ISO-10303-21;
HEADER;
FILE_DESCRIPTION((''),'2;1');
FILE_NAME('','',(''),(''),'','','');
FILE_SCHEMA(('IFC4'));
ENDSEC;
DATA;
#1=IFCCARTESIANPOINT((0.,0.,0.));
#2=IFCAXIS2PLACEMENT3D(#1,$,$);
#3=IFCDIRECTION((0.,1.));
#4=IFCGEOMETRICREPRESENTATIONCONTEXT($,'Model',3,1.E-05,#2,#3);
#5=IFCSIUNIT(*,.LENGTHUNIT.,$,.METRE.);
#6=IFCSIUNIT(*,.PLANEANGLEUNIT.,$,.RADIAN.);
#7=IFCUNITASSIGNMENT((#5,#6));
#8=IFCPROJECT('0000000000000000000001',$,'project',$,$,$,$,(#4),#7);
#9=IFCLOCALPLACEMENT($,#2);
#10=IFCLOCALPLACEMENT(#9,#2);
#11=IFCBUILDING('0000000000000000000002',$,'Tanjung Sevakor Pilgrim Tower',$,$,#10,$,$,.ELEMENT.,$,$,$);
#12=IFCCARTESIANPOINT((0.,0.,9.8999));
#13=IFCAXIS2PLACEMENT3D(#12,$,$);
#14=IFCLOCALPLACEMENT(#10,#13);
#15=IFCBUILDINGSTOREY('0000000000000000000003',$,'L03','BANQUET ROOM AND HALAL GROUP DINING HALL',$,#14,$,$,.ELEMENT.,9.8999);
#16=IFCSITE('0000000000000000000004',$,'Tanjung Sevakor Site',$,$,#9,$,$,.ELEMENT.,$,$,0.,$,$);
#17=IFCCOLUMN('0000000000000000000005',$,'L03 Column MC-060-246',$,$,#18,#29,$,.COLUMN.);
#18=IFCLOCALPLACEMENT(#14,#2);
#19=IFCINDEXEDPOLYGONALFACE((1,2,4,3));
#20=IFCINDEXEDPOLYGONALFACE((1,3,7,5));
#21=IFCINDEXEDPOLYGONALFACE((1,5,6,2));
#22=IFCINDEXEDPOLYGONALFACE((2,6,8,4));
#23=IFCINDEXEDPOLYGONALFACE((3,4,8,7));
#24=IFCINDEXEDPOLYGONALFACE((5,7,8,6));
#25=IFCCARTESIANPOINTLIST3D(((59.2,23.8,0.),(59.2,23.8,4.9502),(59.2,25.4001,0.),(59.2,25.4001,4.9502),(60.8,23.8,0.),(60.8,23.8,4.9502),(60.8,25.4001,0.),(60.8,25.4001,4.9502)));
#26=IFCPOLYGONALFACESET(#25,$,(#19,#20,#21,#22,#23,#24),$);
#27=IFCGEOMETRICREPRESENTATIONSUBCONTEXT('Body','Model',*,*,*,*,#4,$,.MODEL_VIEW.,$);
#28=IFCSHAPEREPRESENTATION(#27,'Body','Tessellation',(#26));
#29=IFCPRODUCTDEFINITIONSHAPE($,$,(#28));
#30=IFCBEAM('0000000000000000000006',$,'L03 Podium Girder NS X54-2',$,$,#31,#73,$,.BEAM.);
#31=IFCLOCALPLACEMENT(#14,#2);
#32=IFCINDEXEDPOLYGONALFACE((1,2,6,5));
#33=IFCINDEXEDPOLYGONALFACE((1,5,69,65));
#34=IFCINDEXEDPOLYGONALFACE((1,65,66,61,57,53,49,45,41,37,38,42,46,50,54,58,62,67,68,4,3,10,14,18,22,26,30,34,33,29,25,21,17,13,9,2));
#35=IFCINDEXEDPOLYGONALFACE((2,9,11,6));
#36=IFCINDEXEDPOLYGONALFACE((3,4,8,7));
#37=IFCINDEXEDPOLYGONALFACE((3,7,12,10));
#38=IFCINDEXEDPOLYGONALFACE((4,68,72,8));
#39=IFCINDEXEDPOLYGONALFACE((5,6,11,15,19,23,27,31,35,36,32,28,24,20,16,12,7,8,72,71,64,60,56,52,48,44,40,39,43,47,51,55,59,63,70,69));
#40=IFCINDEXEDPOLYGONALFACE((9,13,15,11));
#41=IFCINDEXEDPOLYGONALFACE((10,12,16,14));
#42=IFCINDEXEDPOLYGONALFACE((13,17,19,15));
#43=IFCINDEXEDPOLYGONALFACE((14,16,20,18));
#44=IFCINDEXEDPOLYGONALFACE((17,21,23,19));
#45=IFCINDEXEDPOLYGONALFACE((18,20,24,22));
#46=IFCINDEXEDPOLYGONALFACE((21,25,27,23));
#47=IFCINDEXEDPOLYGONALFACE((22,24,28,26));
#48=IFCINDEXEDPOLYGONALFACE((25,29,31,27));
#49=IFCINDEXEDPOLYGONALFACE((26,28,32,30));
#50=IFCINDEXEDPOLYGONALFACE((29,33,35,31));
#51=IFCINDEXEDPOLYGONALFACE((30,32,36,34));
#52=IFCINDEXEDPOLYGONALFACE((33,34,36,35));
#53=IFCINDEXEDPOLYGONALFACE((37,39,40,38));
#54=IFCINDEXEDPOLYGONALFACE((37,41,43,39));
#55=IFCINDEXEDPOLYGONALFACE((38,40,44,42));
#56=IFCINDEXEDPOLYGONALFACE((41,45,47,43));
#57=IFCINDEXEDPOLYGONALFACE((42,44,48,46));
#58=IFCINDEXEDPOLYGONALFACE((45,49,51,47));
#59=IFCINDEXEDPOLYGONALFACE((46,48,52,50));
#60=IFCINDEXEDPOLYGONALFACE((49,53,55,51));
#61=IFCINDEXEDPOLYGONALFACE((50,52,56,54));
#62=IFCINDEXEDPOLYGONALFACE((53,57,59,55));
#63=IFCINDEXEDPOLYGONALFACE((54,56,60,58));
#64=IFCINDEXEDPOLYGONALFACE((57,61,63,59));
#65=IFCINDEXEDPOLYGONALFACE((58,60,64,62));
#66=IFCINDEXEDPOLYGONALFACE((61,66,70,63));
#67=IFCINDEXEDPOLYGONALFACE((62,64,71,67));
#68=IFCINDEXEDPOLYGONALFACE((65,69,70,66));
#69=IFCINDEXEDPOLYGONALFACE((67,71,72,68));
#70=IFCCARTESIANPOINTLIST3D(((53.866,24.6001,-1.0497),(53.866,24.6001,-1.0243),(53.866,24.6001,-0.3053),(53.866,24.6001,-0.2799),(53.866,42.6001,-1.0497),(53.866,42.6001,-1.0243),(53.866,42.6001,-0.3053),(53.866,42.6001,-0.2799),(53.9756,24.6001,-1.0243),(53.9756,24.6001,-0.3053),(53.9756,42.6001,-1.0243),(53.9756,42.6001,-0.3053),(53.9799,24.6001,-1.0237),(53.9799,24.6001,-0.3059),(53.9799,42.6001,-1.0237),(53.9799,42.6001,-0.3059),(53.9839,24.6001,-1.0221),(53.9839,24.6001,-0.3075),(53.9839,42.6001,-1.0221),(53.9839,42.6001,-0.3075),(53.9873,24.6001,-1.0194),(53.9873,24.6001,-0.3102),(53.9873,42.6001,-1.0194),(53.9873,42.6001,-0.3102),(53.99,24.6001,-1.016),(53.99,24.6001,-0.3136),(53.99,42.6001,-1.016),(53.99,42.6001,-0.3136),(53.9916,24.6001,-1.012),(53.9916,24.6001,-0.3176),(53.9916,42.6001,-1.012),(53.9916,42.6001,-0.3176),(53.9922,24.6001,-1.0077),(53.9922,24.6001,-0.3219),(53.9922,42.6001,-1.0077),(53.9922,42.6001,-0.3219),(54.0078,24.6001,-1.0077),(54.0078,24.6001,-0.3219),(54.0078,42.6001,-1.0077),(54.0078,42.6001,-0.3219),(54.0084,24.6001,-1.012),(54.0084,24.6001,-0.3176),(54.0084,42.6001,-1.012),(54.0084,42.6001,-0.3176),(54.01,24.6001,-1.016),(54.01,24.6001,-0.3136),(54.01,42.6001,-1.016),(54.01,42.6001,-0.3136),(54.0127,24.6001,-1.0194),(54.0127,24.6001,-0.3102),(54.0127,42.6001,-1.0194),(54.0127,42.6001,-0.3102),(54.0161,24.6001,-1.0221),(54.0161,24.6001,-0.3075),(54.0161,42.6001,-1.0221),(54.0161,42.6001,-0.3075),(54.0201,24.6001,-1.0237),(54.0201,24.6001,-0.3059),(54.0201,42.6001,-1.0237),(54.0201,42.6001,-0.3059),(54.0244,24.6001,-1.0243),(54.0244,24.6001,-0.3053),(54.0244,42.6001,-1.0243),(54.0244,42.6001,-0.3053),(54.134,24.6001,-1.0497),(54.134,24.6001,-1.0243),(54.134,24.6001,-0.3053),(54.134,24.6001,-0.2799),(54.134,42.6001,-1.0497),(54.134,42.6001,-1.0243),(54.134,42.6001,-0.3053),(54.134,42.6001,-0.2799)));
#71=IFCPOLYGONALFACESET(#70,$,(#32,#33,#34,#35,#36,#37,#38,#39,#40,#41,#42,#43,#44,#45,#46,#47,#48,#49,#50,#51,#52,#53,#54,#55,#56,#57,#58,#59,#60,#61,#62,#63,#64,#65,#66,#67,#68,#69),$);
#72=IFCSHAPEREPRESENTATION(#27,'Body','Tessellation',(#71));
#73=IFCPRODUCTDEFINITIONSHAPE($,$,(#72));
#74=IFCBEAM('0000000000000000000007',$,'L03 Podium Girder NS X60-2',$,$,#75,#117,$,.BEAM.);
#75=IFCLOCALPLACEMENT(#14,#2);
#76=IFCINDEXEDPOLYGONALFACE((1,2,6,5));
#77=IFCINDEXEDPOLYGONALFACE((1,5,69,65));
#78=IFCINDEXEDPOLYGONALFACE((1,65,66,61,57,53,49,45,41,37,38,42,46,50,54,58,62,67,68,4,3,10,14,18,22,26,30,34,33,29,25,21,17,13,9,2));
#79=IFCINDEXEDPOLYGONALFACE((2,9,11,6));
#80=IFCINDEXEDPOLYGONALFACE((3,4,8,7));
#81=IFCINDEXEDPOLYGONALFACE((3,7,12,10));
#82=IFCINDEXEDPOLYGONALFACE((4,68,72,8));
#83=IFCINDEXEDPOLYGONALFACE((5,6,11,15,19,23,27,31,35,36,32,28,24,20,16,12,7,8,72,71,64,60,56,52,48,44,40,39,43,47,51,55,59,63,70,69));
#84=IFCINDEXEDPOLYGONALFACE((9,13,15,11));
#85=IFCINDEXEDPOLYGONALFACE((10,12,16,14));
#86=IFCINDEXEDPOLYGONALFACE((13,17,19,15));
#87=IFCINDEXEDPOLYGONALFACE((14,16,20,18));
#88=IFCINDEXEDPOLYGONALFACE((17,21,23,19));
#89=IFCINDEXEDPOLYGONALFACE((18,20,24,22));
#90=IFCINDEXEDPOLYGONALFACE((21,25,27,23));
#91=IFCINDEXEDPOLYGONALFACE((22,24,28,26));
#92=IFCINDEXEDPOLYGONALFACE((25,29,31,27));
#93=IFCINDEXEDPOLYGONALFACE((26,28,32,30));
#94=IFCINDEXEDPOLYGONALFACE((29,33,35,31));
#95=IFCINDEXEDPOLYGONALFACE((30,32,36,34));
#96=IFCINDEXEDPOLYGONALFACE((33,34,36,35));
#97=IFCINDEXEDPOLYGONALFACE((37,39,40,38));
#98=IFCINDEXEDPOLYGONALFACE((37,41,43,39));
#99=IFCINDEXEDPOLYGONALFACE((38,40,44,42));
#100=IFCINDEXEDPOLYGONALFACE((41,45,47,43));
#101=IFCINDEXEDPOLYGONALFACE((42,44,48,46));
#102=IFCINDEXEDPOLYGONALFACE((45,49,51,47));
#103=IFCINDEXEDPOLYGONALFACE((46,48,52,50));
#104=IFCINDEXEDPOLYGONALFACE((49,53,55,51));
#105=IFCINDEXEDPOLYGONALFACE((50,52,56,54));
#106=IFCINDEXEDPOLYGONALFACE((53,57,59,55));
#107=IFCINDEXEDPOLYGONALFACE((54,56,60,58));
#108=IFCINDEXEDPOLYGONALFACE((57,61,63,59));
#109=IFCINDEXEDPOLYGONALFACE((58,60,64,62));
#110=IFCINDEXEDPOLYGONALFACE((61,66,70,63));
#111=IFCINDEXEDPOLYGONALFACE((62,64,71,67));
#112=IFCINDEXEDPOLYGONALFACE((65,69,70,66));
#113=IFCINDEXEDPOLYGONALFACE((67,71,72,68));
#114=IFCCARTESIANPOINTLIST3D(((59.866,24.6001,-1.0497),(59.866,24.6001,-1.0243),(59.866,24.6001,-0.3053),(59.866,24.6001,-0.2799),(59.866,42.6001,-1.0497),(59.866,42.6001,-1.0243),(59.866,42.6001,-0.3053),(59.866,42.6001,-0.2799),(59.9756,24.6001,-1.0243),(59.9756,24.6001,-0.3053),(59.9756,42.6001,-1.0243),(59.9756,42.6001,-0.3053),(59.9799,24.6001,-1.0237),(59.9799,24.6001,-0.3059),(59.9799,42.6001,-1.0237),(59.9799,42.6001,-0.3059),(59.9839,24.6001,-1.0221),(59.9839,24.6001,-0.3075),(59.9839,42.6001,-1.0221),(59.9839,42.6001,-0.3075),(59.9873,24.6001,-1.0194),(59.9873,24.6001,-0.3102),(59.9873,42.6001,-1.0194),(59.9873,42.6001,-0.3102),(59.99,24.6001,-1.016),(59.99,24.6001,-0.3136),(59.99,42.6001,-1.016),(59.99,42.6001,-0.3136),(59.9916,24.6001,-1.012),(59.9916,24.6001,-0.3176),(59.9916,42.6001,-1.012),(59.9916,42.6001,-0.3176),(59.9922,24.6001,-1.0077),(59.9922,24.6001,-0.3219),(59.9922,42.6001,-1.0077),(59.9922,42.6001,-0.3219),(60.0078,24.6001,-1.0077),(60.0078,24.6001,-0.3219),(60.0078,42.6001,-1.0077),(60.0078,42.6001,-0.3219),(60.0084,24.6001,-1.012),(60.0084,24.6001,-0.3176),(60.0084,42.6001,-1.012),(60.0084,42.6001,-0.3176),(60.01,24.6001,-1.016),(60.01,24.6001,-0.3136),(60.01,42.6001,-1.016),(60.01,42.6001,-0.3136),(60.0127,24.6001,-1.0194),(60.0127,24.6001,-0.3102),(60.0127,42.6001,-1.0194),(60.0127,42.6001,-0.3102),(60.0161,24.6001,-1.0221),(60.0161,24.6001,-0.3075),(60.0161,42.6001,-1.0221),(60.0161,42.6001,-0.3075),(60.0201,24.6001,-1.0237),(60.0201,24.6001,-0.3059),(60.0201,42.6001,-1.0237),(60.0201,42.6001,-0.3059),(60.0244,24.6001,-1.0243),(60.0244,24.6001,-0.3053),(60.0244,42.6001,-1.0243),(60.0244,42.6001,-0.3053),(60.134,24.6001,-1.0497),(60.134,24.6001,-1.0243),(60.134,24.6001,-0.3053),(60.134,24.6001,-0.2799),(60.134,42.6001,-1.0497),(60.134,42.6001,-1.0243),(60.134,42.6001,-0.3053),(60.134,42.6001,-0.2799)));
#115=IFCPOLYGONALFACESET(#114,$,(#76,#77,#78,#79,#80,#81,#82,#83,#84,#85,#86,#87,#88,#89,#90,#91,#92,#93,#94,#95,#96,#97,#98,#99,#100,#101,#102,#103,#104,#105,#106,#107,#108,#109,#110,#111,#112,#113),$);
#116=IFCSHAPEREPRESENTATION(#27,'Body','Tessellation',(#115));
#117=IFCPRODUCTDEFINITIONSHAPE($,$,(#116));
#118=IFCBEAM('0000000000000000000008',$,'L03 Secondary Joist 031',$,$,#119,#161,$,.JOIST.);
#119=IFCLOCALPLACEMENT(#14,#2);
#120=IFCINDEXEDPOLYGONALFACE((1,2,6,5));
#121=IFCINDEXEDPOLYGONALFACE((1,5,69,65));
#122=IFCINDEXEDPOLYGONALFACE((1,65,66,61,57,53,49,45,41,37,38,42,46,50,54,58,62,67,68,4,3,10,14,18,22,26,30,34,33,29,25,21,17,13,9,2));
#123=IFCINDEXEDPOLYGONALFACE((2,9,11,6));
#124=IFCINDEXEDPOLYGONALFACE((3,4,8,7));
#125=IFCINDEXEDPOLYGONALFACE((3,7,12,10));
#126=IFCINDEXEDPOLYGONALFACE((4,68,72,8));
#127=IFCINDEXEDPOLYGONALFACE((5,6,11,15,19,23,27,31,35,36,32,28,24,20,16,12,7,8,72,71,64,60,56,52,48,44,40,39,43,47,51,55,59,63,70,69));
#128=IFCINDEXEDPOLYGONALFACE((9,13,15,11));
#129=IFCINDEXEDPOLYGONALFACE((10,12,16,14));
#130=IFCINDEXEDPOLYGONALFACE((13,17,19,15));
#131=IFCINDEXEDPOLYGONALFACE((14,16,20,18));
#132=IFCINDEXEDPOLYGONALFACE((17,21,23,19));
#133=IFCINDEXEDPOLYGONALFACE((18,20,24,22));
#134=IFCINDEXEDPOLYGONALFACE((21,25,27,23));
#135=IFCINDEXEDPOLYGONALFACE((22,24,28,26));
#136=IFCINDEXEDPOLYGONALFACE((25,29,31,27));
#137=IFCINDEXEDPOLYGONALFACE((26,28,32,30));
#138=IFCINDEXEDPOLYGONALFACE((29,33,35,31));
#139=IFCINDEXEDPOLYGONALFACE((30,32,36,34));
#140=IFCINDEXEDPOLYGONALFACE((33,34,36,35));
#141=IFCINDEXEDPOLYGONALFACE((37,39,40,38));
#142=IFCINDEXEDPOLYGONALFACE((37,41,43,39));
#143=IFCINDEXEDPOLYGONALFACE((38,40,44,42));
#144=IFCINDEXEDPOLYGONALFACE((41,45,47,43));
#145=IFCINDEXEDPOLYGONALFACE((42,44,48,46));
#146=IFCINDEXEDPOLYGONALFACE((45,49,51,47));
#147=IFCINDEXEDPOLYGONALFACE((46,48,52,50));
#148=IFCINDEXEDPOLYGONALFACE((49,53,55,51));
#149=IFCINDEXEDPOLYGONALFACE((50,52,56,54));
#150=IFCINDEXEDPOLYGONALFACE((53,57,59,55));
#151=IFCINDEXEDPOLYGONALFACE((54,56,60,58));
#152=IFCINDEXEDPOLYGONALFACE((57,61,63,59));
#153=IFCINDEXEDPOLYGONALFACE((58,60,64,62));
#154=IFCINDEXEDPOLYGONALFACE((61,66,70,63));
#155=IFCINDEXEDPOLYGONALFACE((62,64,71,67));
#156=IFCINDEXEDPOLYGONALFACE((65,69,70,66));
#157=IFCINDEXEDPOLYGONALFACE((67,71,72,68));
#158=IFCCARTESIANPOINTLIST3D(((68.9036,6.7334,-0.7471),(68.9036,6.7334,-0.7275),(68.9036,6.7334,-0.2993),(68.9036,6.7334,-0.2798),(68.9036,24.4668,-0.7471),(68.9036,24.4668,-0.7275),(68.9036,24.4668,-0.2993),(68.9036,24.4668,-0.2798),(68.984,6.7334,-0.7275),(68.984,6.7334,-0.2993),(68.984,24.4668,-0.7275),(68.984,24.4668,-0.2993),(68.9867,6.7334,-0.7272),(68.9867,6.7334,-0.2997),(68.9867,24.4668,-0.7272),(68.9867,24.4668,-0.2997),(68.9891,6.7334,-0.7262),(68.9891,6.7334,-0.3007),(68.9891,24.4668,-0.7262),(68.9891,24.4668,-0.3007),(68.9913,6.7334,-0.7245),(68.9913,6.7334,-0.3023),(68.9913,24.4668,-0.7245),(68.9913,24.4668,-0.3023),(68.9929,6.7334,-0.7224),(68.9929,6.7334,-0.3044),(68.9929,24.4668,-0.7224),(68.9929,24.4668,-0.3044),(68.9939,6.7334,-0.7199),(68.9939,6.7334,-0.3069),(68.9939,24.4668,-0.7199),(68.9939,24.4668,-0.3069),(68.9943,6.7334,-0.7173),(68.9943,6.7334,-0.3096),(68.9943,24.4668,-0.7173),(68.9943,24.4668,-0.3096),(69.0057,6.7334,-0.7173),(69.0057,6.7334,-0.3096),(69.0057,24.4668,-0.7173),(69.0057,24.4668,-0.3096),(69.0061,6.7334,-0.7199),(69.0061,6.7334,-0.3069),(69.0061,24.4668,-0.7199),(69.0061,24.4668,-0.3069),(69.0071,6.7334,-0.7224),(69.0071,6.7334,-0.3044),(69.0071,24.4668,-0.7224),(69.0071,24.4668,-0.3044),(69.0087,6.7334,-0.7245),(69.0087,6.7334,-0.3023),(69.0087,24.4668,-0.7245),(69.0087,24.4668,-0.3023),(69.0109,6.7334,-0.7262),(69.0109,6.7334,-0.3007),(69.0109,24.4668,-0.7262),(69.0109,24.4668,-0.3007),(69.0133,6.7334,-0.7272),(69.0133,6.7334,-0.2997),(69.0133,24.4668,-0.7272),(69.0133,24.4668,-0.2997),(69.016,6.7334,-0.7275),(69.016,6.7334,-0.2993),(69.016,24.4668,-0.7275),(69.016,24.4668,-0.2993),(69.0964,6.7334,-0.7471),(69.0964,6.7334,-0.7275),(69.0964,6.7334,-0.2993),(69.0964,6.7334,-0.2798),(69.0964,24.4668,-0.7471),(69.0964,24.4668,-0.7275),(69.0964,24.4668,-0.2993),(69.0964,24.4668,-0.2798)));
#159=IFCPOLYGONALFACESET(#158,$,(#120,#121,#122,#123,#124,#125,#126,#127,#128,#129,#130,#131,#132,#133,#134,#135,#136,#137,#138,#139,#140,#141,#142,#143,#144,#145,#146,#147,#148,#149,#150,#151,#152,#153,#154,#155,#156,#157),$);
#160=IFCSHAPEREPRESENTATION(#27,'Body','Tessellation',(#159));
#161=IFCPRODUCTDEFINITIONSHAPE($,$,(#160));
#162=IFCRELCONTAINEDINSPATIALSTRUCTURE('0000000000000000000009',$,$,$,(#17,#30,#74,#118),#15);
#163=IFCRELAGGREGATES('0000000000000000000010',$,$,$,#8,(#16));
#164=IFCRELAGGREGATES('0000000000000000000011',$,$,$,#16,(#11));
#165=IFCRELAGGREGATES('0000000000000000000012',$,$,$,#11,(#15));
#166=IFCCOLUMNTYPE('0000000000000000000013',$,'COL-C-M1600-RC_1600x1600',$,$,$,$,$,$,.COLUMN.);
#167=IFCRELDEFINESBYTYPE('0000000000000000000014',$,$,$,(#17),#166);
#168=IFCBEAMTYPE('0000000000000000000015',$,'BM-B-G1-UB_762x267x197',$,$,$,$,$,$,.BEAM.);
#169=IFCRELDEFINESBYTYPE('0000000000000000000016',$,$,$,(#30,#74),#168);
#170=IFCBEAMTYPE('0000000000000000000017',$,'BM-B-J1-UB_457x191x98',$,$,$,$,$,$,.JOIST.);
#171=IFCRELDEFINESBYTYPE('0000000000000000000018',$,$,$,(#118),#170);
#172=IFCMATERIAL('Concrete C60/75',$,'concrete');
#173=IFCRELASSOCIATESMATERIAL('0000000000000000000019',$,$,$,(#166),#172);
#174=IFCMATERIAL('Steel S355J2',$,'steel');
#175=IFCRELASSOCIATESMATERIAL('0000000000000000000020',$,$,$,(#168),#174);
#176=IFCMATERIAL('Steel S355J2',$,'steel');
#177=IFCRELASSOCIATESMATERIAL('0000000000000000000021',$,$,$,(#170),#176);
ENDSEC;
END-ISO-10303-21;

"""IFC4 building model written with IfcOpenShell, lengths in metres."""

from ifc_helpers import new_model, si_unit, direction, frame, origin, origin_2d, place, context, subcontext, project, spatial, rectangle, i_section, extrude, material, material_profile, profile_set, type_object, element, save


model = new_model("IFC4")

# Units and contexts
model_context = context("Model", 3, precision=1e-05, world=origin(), true_north=direction((0.0, 1.0)))
body_context = subcontext(model_context, "Body", "Model", "MODEL_VIEW")
ifc_project = project(units=[si_unit("LENGTHUNIT", "METRE"), si_unit("PLANEANGLEUNIT", "RADIAN")], contexts=[model_context])

# Site, building, storey
site_placement = place(None, origin())
site = spatial("IfcSite", under=ifc_project, at=site_placement, Name="Tanjung Sevakor Site", CompositionType="ELEMENT", RefElevation=0.0)
building_placement = place(site_placement, origin())
building = spatial("IfcBuilding", under=site, at=building_placement, Name="Tanjung Sevakor Pilgrim Tower", CompositionType="ELEMENT")
storey_placement = place(building_placement, frame((0.0, 0.0, 9.8999)))
storey = spatial("IfcBuildingStorey", under=building, at=storey_placement, Name="L03", Description="BANQUET ROOM AND HALAL GROUP DINING HALL", CompositionType="ELEMENT", Elevation=9.8999)

# Column
ifc_material_1 = material(Name="Concrete C60/75", Category="concrete")
ifc_material_profile_1 = material_profile(ifc_material_1, rectangle(XDim=1.6001, YDim=1.6001, at=origin_2d()))
ifc_profile_set_1 = profile_set([ifc_material_profile_1], Name="Concrete C60/75")
column_type = type_object("IfcColumnType", Name="COL-C-M1600-RC_1600x1600", PredefinedType="COLUMN", material=ifc_profile_set_1)
column_placement = place(storey_placement, frame((60.0, 24.6001, 0.0), z_axis=(0.0, 0.0, 1.0), x_axis=(1.0, 0.0, 0.0)))
element("IfcColumn", 1, at=column_placement, inside=storey, type_object=column_type, Name="L03 Column MC-060-246", PredefinedType="COLUMN", context=body_context, shape_type="SweptSolid", body=[
    extrude(rectangle(XDim=1.6001, YDim=1.6001, at=origin_2d()), origin(), (0.0, 0.0, 1.0), 4.9502),
])

# Beams
ifc_material_2 = material(Name="Steel S355J2", Category="steel")
ifc_material_profile_2 = material_profile(ifc_material_2, i_section(OverallWidth=0.2681, OverallDepth=0.7698, WebThickness=0.0156, FlangeThickness=0.0254, FilletRadius=0.0166, at=origin_2d()))
ifc_profile_set_2 = profile_set([ifc_material_profile_2], Name="Steel S355J2")
beam_type_1 = type_object("IfcBeamType", Name="BM-B-G1-UB_762x267x197", PredefinedType="BEAM", material=ifc_profile_set_2)
for number, where, z_axis, x_axis, name in (
    (2, (54.0, 24.6001, -0.6648), (0.0, 1.0, 0.0), (-1.0, 0.0, 0.0), "L03 Podium Girder NS X54-2"),
    (3, (60.0, 24.6001, -0.6648), (0.0, 1.0, 0.0), (-1.0, 0.0, 0.0), "L03 Podium Girder NS X60-2"),
):
    element("IfcBeam", number, at=place(storey_placement, frame(where, z_axis=z_axis, x_axis=x_axis)), inside=storey, type_object=beam_type_1, Name=name, PredefinedType="BEAM", context=body_context, shape_type="SweptSolid", body=[
        extrude(i_section(OverallWidth=0.2681, OverallDepth=0.7698, WebThickness=0.0156, FlangeThickness=0.0254, FilletRadius=0.0166, at=origin_2d()), origin(), (0.0, 0.0, 1.0), 18.0),
    ])
ifc_material_3 = material(Name="Steel S355J2", Category="steel")
ifc_material_profile_3 = material_profile(ifc_material_3, i_section(OverallWidth=0.1929, OverallDepth=0.4673, WebThickness=0.0115, FlangeThickness=0.0195, FilletRadius=0.0103, at=origin_2d()))
ifc_profile_set_3 = profile_set([ifc_material_profile_3], Name="Steel S355J2")
beam_type_2 = type_object("IfcBeamType", Name="BM-B-J1-UB_457x191x98", PredefinedType="JOIST", material=ifc_profile_set_3)
for number, where, z_axis, x_axis, name in (
    (4, (69.0, 6.7334, -0.5134), (0.0, 1.0, 0.0), (-1.0, 0.0, 0.0), "L03 Secondary Joist 031"),
):
    element("IfcBeam", number, at=place(storey_placement, frame(where, z_axis=z_axis, x_axis=x_axis)), inside=storey, type_object=beam_type_2, Name=name, PredefinedType="JOIST", context=body_context, shape_type="SweptSolid", body=[
        extrude(i_section(OverallWidth=0.1929, OverallDepth=0.4673, WebThickness=0.0115, FlangeThickness=0.0195, FilletRadius=0.0103, at=origin_2d()), origin(), (0.0, 0.0, 1.0), 17.7334),
    ])

save(model, "model.ifc")
